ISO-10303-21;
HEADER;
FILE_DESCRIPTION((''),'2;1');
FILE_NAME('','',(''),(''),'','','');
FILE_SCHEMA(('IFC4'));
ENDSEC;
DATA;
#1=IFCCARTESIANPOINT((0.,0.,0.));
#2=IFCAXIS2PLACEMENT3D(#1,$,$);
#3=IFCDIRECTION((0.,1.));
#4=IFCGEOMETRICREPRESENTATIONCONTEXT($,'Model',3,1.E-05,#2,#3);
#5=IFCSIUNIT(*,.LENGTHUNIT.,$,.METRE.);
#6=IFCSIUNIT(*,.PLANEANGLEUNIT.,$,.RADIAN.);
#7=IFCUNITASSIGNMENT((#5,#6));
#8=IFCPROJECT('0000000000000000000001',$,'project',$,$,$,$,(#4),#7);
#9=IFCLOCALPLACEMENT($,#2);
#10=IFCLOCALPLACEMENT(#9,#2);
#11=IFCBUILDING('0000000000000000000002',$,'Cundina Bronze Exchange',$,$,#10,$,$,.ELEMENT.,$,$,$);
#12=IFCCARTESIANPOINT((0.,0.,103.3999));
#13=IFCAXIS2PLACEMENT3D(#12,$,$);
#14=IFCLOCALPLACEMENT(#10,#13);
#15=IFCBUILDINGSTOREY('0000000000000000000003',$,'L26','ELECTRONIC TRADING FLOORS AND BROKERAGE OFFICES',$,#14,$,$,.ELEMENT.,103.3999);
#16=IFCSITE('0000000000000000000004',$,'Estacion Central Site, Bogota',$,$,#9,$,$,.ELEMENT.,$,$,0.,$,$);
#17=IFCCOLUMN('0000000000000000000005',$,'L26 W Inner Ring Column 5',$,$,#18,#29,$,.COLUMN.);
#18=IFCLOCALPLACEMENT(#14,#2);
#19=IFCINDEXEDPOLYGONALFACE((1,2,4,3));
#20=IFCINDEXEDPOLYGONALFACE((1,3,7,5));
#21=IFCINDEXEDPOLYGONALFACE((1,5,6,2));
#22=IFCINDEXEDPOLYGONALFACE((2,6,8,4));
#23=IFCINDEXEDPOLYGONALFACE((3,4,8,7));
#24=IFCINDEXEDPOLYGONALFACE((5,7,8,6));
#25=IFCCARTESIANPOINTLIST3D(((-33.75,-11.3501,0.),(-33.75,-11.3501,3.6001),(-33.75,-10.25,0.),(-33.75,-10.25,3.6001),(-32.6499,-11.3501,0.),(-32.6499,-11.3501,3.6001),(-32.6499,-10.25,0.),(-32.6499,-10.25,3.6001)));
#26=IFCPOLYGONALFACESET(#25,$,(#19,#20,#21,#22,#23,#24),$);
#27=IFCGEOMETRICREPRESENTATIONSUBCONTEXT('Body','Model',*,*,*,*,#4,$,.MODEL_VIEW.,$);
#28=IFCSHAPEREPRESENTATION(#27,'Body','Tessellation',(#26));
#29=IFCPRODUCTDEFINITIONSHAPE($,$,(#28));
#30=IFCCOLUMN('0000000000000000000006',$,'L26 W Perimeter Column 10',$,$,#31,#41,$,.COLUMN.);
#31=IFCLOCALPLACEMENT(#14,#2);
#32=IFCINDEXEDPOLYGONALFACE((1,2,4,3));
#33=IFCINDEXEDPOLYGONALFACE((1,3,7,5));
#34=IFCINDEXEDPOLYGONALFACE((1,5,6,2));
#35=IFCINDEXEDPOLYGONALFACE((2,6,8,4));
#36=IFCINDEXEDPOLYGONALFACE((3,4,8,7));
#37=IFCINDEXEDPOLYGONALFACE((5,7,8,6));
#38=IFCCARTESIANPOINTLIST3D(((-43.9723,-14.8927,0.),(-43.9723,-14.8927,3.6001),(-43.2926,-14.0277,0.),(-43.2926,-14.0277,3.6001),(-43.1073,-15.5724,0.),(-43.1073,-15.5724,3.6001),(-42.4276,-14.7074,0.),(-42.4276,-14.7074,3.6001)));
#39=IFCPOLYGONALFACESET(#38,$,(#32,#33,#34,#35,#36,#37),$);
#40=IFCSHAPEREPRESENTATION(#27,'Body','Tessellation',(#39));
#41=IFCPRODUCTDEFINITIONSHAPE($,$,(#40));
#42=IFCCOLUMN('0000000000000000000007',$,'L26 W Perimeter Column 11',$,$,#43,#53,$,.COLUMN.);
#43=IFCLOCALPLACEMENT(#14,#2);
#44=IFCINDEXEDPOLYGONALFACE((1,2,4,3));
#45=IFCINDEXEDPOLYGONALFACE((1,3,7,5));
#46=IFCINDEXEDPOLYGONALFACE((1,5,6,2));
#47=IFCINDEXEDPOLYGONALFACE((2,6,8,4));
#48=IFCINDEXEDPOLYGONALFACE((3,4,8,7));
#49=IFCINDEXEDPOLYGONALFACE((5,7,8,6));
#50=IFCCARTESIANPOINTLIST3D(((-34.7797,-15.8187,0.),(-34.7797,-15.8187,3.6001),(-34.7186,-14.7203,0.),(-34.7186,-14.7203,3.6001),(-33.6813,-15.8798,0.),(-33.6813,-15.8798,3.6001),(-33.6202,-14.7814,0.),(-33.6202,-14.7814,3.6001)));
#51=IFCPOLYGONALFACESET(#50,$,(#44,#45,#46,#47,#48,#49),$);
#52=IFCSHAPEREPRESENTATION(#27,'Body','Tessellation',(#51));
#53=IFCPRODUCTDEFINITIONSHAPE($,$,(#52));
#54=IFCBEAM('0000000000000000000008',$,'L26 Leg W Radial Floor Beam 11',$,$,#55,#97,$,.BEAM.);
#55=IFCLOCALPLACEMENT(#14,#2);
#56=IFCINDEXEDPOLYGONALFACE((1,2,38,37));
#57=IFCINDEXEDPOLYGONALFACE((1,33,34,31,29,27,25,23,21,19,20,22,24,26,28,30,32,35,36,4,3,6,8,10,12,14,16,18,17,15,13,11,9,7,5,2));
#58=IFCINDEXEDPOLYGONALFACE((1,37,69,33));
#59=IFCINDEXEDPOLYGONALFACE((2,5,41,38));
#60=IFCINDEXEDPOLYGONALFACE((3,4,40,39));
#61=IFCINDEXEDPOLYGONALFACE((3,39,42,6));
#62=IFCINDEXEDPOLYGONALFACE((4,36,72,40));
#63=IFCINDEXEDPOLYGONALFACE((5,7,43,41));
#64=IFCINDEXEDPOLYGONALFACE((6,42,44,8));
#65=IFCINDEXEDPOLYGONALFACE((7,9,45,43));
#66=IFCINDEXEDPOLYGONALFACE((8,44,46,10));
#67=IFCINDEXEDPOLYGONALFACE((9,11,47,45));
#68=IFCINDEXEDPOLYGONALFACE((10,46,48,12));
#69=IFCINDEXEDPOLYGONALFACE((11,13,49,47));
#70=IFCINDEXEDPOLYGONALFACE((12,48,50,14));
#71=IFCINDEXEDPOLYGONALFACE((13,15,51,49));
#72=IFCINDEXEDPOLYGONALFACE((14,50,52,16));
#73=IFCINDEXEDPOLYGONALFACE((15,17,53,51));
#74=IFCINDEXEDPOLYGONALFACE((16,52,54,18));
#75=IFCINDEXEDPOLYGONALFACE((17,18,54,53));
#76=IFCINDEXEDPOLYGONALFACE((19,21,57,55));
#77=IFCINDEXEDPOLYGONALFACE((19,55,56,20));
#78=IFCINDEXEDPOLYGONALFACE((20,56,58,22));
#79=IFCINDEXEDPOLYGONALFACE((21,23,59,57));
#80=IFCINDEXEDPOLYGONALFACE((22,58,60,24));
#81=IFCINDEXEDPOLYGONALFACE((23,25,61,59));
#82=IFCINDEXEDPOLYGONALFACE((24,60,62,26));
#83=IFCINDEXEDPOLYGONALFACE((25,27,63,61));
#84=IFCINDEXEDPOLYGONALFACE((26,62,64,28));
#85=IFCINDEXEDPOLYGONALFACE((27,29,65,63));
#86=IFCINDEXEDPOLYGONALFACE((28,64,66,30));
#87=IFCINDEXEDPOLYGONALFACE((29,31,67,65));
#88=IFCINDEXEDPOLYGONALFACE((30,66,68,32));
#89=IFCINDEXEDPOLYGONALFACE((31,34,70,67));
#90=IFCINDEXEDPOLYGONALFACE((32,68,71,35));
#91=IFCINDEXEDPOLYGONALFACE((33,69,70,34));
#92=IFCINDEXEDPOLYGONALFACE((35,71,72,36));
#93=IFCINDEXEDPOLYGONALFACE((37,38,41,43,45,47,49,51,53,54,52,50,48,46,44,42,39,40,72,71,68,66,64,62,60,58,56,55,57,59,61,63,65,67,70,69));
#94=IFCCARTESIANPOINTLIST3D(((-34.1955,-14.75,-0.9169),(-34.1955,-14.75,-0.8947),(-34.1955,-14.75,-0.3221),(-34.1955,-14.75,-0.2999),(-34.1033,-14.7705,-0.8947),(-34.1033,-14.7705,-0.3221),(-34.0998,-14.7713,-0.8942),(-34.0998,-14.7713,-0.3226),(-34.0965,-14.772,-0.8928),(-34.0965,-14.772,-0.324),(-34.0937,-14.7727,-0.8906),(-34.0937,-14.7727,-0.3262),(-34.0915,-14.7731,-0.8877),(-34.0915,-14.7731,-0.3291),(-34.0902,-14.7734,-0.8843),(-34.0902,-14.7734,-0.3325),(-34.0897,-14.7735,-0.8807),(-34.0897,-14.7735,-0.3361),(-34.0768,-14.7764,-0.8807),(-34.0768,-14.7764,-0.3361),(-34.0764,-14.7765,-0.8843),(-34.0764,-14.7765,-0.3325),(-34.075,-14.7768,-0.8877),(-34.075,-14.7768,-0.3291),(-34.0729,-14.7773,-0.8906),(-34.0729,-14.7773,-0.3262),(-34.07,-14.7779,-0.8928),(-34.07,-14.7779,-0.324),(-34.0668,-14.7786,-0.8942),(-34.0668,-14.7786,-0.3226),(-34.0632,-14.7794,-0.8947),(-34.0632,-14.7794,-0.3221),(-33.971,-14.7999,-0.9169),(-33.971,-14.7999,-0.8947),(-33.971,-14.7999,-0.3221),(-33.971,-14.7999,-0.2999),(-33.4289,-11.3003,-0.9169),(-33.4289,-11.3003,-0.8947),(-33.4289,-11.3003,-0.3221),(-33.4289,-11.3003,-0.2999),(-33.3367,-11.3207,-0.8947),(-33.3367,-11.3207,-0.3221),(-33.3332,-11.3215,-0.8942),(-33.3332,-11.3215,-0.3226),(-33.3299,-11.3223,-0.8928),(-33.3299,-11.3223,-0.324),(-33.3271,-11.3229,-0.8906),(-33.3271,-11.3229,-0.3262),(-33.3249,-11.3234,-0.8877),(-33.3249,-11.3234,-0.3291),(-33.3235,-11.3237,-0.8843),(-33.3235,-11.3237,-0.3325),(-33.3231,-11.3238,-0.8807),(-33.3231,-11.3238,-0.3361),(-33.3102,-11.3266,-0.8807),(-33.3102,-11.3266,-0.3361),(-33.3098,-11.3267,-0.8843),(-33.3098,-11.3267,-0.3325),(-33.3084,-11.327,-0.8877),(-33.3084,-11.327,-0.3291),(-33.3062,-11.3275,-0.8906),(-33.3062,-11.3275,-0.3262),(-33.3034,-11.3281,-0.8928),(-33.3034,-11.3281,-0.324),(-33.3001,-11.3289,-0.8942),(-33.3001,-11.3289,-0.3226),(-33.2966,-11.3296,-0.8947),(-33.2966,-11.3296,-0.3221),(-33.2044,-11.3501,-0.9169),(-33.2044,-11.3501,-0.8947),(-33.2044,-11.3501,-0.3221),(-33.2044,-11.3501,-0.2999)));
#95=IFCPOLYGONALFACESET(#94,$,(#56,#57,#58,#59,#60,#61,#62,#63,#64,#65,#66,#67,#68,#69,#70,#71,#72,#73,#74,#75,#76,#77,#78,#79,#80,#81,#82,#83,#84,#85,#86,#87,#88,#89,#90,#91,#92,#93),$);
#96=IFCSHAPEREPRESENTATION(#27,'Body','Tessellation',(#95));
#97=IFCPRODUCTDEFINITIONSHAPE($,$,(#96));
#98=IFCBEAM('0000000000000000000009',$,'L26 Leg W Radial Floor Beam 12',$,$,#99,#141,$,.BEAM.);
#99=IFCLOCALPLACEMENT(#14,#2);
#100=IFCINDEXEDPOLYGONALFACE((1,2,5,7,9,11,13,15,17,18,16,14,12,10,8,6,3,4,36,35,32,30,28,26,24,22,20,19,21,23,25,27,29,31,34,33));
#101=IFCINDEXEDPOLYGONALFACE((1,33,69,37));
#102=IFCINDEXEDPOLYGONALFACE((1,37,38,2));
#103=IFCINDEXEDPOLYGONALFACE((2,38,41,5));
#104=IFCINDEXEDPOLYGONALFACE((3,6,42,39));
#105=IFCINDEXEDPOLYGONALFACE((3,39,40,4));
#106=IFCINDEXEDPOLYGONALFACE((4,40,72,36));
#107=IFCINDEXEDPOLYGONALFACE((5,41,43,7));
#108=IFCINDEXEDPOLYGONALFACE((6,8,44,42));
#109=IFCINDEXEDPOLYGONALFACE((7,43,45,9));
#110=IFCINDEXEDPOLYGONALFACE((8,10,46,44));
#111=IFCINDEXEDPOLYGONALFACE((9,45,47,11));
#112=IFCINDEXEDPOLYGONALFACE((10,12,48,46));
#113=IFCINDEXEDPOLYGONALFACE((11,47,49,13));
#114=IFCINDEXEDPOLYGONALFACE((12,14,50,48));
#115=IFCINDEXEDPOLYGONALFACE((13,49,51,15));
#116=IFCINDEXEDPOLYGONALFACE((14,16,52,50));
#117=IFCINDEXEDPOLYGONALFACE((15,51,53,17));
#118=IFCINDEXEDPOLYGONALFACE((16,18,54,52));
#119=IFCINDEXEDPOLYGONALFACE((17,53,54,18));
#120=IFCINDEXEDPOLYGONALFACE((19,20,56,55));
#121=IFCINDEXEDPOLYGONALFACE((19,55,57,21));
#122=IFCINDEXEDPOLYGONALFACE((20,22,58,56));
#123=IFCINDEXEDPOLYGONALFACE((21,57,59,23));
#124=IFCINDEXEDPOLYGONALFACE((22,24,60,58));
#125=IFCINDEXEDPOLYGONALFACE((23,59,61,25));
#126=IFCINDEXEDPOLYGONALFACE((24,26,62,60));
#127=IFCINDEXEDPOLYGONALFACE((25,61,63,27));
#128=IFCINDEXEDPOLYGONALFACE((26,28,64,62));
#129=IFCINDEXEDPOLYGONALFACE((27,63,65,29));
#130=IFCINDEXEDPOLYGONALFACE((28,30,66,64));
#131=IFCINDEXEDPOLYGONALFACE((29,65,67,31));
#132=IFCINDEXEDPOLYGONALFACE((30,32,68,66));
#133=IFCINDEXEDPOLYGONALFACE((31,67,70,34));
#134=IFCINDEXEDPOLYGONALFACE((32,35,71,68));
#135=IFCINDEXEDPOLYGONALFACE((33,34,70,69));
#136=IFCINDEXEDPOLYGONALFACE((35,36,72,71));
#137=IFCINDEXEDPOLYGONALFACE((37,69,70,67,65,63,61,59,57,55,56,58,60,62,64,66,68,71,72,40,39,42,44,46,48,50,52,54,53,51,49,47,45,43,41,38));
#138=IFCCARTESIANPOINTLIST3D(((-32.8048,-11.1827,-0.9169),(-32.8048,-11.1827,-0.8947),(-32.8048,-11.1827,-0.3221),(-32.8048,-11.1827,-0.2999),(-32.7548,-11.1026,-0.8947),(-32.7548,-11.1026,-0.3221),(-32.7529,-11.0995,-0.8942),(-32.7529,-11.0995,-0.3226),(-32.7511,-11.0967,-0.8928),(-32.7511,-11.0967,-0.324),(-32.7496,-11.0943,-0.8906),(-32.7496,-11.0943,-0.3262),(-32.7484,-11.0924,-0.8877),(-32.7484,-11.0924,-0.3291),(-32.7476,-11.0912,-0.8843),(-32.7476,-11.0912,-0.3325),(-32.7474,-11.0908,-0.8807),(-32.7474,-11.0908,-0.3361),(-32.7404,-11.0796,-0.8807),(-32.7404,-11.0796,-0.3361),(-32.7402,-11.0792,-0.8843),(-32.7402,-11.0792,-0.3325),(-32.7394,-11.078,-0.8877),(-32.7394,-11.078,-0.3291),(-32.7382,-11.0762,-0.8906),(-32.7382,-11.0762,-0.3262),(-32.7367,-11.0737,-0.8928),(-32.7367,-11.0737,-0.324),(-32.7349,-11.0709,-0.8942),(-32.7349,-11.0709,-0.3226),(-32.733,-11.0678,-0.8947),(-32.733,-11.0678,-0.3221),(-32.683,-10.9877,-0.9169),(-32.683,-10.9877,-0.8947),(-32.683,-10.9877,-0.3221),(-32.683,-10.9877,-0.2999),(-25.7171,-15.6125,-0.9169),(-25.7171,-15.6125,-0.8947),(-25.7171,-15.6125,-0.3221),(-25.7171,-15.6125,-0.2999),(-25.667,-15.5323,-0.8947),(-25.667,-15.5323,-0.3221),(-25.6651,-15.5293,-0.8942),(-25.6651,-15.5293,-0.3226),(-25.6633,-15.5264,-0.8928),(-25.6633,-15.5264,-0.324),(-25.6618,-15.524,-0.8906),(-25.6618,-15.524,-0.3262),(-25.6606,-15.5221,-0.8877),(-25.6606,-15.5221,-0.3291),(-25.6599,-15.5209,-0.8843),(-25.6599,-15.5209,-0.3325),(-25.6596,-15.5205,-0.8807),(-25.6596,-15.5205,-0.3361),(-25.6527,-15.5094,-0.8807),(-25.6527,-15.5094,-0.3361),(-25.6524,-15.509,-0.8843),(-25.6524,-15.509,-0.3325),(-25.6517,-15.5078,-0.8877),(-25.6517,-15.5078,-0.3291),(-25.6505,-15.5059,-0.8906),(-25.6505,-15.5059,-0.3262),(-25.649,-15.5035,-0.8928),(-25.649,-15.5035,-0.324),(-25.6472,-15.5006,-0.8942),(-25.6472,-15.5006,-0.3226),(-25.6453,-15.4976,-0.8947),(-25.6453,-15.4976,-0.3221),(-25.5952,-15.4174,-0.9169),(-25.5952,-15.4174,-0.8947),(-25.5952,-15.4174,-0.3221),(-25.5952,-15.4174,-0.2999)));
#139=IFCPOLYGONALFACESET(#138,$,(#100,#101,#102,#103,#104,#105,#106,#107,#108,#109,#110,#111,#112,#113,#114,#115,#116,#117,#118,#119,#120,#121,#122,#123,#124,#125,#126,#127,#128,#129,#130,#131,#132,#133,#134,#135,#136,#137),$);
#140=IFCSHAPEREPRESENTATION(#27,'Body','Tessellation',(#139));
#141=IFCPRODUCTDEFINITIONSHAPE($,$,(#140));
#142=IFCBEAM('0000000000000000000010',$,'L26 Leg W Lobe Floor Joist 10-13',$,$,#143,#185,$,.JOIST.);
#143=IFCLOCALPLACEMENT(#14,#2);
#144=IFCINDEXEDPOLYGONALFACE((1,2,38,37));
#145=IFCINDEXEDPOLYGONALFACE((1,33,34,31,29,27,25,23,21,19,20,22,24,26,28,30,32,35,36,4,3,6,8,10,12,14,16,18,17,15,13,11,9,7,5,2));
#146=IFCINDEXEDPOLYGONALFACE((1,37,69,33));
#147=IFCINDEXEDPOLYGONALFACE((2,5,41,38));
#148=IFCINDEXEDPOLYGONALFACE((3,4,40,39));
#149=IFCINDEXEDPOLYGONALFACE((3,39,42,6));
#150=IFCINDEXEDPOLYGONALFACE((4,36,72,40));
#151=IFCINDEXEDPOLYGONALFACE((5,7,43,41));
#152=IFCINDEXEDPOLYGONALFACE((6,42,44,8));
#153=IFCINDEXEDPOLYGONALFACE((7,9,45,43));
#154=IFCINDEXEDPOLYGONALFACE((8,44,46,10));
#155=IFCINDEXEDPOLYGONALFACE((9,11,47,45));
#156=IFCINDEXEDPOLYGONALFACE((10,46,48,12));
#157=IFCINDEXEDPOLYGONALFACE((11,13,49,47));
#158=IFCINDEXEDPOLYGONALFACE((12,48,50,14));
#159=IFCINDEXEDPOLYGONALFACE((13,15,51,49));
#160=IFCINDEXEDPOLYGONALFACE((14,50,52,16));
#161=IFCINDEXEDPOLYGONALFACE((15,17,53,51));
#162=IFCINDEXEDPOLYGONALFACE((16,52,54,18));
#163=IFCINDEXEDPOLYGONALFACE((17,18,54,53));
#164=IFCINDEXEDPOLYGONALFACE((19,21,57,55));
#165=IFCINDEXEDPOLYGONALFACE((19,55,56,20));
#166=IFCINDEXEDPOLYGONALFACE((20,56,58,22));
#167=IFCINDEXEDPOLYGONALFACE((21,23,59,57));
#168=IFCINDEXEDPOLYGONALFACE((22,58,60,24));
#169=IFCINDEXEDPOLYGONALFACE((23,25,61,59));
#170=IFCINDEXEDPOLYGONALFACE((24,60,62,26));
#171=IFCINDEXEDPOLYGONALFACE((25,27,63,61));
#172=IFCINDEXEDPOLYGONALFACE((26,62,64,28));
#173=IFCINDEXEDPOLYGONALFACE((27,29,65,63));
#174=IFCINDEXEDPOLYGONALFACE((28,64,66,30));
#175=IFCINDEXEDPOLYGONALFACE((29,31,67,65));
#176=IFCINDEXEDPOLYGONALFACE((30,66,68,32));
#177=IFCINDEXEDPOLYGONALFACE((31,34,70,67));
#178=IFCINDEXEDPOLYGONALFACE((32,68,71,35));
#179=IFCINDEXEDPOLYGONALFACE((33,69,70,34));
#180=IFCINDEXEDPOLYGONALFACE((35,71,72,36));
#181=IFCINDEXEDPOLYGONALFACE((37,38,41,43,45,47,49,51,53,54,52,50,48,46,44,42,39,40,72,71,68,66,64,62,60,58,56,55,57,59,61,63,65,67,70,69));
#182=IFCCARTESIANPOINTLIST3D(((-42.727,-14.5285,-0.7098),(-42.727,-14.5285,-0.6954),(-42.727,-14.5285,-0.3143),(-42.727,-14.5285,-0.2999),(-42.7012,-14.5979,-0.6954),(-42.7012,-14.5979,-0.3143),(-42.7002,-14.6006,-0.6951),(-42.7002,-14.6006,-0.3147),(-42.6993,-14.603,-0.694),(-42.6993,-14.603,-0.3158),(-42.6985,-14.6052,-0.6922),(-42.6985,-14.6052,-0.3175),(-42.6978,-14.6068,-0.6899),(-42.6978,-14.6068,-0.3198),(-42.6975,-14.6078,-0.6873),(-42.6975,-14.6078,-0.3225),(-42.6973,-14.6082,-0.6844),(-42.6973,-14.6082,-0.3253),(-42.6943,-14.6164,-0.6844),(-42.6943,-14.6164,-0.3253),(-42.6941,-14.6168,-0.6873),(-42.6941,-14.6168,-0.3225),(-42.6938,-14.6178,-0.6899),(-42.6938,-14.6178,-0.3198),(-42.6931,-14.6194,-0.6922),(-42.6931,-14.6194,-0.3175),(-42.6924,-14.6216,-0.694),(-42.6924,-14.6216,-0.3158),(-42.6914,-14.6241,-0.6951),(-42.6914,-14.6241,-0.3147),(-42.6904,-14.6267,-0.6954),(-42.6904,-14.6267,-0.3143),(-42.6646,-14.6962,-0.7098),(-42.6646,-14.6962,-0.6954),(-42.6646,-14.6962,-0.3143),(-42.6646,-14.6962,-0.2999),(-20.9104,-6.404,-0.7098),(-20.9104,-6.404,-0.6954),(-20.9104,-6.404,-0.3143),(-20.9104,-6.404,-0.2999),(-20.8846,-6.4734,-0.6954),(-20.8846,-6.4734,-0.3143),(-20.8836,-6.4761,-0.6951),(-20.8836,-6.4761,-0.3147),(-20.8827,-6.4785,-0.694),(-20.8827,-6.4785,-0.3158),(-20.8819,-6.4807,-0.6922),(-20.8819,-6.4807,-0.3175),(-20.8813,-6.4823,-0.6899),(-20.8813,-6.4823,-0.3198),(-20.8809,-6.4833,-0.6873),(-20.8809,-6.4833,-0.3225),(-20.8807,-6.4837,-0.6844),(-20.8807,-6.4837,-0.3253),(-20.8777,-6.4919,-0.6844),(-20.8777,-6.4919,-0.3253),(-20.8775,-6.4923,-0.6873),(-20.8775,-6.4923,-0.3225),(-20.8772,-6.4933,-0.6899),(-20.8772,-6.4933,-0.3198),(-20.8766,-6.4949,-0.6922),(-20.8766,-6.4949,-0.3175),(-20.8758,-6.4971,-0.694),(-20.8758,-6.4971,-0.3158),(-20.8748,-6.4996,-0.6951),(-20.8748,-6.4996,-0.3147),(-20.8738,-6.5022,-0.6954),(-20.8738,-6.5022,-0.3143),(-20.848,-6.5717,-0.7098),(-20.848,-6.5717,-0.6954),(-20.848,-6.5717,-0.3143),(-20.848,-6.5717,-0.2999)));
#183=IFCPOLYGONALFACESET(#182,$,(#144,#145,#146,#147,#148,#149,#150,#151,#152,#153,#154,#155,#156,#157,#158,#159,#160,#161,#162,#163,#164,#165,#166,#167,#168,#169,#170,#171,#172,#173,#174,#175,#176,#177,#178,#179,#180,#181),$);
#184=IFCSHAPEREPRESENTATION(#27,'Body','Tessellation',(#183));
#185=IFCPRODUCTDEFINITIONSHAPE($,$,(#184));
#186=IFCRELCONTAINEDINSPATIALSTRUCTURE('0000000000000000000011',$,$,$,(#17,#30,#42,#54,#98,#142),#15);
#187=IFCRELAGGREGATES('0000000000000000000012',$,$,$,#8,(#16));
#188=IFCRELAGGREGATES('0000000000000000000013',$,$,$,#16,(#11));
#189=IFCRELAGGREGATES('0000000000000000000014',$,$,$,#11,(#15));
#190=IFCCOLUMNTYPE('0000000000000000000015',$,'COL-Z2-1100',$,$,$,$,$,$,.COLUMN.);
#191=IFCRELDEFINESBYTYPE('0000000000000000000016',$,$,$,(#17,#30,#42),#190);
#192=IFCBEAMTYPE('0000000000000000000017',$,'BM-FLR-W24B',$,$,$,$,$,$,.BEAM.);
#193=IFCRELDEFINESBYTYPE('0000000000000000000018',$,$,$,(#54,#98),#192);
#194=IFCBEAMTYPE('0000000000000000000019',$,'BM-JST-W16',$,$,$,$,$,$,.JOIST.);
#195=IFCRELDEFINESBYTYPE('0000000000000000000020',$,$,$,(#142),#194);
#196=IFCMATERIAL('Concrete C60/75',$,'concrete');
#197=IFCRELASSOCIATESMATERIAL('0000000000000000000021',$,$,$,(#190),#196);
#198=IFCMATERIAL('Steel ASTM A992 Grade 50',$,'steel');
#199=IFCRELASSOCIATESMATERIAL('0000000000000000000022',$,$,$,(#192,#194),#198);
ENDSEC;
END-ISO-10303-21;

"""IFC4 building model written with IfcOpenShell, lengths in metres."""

from ifc_helpers import new_model, si_unit, direction, frame, origin, origin_2d, place, context, subcontext, project, spatial, rectangle, i_section, extrude, material, material_profile, profile_set, type_object, element, save


model = new_model("IFC4")

# Units and contexts
model_context = context("Model", 3, precision=1e-05, world=origin(), true_north=direction((0.0, 1.0)))
body_context = subcontext(model_context, "Body", "Model", "MODEL_VIEW")
ifc_project = project(units=[si_unit("LENGTHUNIT", "METRE"), si_unit("PLANEANGLEUNIT", "RADIAN")], contexts=[model_context])

# Site, building, storey
site_placement = place(None, origin())
site = spatial("IfcSite", under=ifc_project, at=site_placement, Name="Estacion Central Site, Bogota", CompositionType="ELEMENT", RefElevation=0.0)
building_placement = place(site_placement, origin())
building = spatial("IfcBuilding", under=site, at=building_placement, Name="Cundina Bronze Exchange", CompositionType="ELEMENT")
storey_placement = place(building_placement, frame((0.0, 0.0, 103.3999)))
storey = spatial("IfcBuildingStorey", under=building, at=storey_placement, Name="L26", Description="ELECTRONIC TRADING FLOORS AND BROKERAGE OFFICES", CompositionType="ELEMENT", Elevation=103.3999)

# Columns
ifc_material_1 = material(Name="Concrete C60/75", Category="concrete")
ifc_material_profile_1 = material_profile(ifc_material_1, rectangle(XDim=1.1001, YDim=1.1001, at=origin_2d()), Name="RC1100X1100", Category="concrete")
ifc_profile_set_1 = profile_set([ifc_material_profile_1], Name="Concrete C60/75")
column_type = type_object("IfcColumnType", Name="COL-Z2-1100", PredefinedType="COLUMN", material=ifc_profile_set_1)
for number, where, z_axis, x_axis, name in (
    (1, (-33.2, -10.8, 0.0), (0.0, 0.0, 1.0), (1.0, 0.0, 0.0), "L26 W Inner Ring Column 5"),
    (2, (-43.2, -14.8, 0.0), (0.0, 0.0, 1.0), (0.786288, -0.61786, 0.0), "L26 W Perimeter Column 10"),
    (3, (-34.2, -15.3, 0.0), (0.0, 0.0, 1.0), (0.99846, -0.055473, 0.0), "L26 W Perimeter Column 11"),
):
    element("IfcColumn", number, at=place(storey_placement, frame(where, z_axis=z_axis, x_axis=x_axis)), inside=storey, type_object=column_type, Name=name, PredefinedType="COLUMN", context=body_context, shape_type="SweptSolid", body=[
        extrude(rectangle(XDim=1.1001, YDim=1.1001, at=origin_2d()), origin(), (0.0, 0.0, 1.0), 3.6001),
    ])

# Beams
ifc_material_2 = material(Name="Steel ASTM A992 Grade 50", Category="steel")
ifc_material_profile_2 = material_profile(ifc_material_2, i_section(OverallWidth=0.23, OverallDepth=0.6169, WebThickness=0.0132, FlangeThickness=0.0222, FilletRadius=0.0139, at=origin_2d()), Name="W24X94", Category="steel")
ifc_profile_set_2 = profile_set([ifc_material_profile_2], Name="Steel ASTM A992 Grade 50")
beam_type_1 = type_object("IfcBeamType", Name="BM-FLR-W24B", PredefinedType="BEAM", material=ifc_profile_set_2)
beam_1_placement = place(storey_placement, frame((-33.3167, -11.3252, -0.6084), z_axis=(-0.21693, -0.976187, 0.0), x_axis=(0.976187, -0.21693, 0.0)))
element("IfcBeam", 4, at=beam_1_placement, inside=storey, type_object=beam_type_1, Name="L26 Leg W Radial Floor Beam 11", PredefinedType="BEAM", context=body_context, shape_type="SweptSolid", body=[
    extrude(i_section(OverallWidth=0.23, OverallDepth=0.6169, WebThickness=0.0132, FlangeThickness=0.0222, FilletRadius=0.0139, at=origin_2d()), origin(), (0.0, 0.0, 1.0), 3.5339),
])
beam_2_placement = place(storey_placement, frame((-32.7439, -11.0852, -0.6084), z_axis=(0.848003, -0.529991, 0.0), x_axis=(0.529991, 0.848003, 0.0)))
element("IfcBeam", 5, at=beam_2_placement, inside=storey, type_object=beam_type_1, Name="L26 Leg W Radial Floor Beam 12", PredefinedType="BEAM", context=body_context, shape_type="SweptSolid", body=[
    extrude(i_section(OverallWidth=0.23, OverallDepth=0.6169, WebThickness=0.0132, FlangeThickness=0.0222, FilletRadius=0.0139, at=origin_2d()), origin(), (0.0, 0.0, 1.0), 8.3582),
])
ifc_material_profile_3 = material_profile(ifc_material_2, i_section(OverallWidth=0.179, OverallDepth=0.4099, WebThickness=0.0088, FlangeThickness=0.0144, FilletRadius=0.011, at=origin_2d()), Name="W16X45", Category="steel")
ifc_profile_set_3 = profile_set([ifc_material_profile_3], Name="Steel ASTM A992 Grade 50")
beam_type_2 = type_object("IfcBeamType", Name="BM-JST-W16", PredefinedType="JOIST", material=ifc_profile_set_3)
beam_3_placement = place(storey_placement, frame((-42.6958, -14.6123, -0.5049), z_axis=(0.937128, 0.348986, 0.0), x_axis=(-0.348986, 0.937128, 0.0)))
element("IfcBeam", 6, at=beam_3_placement, inside=storey, type_object=beam_type_2, Name="L26 Leg W Lobe Floor Joist 10-13", PredefinedType="JOIST", context=body_context, shape_type="SweptSolid", body=[
    extrude(i_section(OverallWidth=0.179, OverallDepth=0.4099, WebThickness=0.0088, FlangeThickness=0.0144, FilletRadius=0.011, at=origin_2d()), origin(), (0.0, 0.0, 1.0), 23.2803),
])

save(model, "model.ifc")
